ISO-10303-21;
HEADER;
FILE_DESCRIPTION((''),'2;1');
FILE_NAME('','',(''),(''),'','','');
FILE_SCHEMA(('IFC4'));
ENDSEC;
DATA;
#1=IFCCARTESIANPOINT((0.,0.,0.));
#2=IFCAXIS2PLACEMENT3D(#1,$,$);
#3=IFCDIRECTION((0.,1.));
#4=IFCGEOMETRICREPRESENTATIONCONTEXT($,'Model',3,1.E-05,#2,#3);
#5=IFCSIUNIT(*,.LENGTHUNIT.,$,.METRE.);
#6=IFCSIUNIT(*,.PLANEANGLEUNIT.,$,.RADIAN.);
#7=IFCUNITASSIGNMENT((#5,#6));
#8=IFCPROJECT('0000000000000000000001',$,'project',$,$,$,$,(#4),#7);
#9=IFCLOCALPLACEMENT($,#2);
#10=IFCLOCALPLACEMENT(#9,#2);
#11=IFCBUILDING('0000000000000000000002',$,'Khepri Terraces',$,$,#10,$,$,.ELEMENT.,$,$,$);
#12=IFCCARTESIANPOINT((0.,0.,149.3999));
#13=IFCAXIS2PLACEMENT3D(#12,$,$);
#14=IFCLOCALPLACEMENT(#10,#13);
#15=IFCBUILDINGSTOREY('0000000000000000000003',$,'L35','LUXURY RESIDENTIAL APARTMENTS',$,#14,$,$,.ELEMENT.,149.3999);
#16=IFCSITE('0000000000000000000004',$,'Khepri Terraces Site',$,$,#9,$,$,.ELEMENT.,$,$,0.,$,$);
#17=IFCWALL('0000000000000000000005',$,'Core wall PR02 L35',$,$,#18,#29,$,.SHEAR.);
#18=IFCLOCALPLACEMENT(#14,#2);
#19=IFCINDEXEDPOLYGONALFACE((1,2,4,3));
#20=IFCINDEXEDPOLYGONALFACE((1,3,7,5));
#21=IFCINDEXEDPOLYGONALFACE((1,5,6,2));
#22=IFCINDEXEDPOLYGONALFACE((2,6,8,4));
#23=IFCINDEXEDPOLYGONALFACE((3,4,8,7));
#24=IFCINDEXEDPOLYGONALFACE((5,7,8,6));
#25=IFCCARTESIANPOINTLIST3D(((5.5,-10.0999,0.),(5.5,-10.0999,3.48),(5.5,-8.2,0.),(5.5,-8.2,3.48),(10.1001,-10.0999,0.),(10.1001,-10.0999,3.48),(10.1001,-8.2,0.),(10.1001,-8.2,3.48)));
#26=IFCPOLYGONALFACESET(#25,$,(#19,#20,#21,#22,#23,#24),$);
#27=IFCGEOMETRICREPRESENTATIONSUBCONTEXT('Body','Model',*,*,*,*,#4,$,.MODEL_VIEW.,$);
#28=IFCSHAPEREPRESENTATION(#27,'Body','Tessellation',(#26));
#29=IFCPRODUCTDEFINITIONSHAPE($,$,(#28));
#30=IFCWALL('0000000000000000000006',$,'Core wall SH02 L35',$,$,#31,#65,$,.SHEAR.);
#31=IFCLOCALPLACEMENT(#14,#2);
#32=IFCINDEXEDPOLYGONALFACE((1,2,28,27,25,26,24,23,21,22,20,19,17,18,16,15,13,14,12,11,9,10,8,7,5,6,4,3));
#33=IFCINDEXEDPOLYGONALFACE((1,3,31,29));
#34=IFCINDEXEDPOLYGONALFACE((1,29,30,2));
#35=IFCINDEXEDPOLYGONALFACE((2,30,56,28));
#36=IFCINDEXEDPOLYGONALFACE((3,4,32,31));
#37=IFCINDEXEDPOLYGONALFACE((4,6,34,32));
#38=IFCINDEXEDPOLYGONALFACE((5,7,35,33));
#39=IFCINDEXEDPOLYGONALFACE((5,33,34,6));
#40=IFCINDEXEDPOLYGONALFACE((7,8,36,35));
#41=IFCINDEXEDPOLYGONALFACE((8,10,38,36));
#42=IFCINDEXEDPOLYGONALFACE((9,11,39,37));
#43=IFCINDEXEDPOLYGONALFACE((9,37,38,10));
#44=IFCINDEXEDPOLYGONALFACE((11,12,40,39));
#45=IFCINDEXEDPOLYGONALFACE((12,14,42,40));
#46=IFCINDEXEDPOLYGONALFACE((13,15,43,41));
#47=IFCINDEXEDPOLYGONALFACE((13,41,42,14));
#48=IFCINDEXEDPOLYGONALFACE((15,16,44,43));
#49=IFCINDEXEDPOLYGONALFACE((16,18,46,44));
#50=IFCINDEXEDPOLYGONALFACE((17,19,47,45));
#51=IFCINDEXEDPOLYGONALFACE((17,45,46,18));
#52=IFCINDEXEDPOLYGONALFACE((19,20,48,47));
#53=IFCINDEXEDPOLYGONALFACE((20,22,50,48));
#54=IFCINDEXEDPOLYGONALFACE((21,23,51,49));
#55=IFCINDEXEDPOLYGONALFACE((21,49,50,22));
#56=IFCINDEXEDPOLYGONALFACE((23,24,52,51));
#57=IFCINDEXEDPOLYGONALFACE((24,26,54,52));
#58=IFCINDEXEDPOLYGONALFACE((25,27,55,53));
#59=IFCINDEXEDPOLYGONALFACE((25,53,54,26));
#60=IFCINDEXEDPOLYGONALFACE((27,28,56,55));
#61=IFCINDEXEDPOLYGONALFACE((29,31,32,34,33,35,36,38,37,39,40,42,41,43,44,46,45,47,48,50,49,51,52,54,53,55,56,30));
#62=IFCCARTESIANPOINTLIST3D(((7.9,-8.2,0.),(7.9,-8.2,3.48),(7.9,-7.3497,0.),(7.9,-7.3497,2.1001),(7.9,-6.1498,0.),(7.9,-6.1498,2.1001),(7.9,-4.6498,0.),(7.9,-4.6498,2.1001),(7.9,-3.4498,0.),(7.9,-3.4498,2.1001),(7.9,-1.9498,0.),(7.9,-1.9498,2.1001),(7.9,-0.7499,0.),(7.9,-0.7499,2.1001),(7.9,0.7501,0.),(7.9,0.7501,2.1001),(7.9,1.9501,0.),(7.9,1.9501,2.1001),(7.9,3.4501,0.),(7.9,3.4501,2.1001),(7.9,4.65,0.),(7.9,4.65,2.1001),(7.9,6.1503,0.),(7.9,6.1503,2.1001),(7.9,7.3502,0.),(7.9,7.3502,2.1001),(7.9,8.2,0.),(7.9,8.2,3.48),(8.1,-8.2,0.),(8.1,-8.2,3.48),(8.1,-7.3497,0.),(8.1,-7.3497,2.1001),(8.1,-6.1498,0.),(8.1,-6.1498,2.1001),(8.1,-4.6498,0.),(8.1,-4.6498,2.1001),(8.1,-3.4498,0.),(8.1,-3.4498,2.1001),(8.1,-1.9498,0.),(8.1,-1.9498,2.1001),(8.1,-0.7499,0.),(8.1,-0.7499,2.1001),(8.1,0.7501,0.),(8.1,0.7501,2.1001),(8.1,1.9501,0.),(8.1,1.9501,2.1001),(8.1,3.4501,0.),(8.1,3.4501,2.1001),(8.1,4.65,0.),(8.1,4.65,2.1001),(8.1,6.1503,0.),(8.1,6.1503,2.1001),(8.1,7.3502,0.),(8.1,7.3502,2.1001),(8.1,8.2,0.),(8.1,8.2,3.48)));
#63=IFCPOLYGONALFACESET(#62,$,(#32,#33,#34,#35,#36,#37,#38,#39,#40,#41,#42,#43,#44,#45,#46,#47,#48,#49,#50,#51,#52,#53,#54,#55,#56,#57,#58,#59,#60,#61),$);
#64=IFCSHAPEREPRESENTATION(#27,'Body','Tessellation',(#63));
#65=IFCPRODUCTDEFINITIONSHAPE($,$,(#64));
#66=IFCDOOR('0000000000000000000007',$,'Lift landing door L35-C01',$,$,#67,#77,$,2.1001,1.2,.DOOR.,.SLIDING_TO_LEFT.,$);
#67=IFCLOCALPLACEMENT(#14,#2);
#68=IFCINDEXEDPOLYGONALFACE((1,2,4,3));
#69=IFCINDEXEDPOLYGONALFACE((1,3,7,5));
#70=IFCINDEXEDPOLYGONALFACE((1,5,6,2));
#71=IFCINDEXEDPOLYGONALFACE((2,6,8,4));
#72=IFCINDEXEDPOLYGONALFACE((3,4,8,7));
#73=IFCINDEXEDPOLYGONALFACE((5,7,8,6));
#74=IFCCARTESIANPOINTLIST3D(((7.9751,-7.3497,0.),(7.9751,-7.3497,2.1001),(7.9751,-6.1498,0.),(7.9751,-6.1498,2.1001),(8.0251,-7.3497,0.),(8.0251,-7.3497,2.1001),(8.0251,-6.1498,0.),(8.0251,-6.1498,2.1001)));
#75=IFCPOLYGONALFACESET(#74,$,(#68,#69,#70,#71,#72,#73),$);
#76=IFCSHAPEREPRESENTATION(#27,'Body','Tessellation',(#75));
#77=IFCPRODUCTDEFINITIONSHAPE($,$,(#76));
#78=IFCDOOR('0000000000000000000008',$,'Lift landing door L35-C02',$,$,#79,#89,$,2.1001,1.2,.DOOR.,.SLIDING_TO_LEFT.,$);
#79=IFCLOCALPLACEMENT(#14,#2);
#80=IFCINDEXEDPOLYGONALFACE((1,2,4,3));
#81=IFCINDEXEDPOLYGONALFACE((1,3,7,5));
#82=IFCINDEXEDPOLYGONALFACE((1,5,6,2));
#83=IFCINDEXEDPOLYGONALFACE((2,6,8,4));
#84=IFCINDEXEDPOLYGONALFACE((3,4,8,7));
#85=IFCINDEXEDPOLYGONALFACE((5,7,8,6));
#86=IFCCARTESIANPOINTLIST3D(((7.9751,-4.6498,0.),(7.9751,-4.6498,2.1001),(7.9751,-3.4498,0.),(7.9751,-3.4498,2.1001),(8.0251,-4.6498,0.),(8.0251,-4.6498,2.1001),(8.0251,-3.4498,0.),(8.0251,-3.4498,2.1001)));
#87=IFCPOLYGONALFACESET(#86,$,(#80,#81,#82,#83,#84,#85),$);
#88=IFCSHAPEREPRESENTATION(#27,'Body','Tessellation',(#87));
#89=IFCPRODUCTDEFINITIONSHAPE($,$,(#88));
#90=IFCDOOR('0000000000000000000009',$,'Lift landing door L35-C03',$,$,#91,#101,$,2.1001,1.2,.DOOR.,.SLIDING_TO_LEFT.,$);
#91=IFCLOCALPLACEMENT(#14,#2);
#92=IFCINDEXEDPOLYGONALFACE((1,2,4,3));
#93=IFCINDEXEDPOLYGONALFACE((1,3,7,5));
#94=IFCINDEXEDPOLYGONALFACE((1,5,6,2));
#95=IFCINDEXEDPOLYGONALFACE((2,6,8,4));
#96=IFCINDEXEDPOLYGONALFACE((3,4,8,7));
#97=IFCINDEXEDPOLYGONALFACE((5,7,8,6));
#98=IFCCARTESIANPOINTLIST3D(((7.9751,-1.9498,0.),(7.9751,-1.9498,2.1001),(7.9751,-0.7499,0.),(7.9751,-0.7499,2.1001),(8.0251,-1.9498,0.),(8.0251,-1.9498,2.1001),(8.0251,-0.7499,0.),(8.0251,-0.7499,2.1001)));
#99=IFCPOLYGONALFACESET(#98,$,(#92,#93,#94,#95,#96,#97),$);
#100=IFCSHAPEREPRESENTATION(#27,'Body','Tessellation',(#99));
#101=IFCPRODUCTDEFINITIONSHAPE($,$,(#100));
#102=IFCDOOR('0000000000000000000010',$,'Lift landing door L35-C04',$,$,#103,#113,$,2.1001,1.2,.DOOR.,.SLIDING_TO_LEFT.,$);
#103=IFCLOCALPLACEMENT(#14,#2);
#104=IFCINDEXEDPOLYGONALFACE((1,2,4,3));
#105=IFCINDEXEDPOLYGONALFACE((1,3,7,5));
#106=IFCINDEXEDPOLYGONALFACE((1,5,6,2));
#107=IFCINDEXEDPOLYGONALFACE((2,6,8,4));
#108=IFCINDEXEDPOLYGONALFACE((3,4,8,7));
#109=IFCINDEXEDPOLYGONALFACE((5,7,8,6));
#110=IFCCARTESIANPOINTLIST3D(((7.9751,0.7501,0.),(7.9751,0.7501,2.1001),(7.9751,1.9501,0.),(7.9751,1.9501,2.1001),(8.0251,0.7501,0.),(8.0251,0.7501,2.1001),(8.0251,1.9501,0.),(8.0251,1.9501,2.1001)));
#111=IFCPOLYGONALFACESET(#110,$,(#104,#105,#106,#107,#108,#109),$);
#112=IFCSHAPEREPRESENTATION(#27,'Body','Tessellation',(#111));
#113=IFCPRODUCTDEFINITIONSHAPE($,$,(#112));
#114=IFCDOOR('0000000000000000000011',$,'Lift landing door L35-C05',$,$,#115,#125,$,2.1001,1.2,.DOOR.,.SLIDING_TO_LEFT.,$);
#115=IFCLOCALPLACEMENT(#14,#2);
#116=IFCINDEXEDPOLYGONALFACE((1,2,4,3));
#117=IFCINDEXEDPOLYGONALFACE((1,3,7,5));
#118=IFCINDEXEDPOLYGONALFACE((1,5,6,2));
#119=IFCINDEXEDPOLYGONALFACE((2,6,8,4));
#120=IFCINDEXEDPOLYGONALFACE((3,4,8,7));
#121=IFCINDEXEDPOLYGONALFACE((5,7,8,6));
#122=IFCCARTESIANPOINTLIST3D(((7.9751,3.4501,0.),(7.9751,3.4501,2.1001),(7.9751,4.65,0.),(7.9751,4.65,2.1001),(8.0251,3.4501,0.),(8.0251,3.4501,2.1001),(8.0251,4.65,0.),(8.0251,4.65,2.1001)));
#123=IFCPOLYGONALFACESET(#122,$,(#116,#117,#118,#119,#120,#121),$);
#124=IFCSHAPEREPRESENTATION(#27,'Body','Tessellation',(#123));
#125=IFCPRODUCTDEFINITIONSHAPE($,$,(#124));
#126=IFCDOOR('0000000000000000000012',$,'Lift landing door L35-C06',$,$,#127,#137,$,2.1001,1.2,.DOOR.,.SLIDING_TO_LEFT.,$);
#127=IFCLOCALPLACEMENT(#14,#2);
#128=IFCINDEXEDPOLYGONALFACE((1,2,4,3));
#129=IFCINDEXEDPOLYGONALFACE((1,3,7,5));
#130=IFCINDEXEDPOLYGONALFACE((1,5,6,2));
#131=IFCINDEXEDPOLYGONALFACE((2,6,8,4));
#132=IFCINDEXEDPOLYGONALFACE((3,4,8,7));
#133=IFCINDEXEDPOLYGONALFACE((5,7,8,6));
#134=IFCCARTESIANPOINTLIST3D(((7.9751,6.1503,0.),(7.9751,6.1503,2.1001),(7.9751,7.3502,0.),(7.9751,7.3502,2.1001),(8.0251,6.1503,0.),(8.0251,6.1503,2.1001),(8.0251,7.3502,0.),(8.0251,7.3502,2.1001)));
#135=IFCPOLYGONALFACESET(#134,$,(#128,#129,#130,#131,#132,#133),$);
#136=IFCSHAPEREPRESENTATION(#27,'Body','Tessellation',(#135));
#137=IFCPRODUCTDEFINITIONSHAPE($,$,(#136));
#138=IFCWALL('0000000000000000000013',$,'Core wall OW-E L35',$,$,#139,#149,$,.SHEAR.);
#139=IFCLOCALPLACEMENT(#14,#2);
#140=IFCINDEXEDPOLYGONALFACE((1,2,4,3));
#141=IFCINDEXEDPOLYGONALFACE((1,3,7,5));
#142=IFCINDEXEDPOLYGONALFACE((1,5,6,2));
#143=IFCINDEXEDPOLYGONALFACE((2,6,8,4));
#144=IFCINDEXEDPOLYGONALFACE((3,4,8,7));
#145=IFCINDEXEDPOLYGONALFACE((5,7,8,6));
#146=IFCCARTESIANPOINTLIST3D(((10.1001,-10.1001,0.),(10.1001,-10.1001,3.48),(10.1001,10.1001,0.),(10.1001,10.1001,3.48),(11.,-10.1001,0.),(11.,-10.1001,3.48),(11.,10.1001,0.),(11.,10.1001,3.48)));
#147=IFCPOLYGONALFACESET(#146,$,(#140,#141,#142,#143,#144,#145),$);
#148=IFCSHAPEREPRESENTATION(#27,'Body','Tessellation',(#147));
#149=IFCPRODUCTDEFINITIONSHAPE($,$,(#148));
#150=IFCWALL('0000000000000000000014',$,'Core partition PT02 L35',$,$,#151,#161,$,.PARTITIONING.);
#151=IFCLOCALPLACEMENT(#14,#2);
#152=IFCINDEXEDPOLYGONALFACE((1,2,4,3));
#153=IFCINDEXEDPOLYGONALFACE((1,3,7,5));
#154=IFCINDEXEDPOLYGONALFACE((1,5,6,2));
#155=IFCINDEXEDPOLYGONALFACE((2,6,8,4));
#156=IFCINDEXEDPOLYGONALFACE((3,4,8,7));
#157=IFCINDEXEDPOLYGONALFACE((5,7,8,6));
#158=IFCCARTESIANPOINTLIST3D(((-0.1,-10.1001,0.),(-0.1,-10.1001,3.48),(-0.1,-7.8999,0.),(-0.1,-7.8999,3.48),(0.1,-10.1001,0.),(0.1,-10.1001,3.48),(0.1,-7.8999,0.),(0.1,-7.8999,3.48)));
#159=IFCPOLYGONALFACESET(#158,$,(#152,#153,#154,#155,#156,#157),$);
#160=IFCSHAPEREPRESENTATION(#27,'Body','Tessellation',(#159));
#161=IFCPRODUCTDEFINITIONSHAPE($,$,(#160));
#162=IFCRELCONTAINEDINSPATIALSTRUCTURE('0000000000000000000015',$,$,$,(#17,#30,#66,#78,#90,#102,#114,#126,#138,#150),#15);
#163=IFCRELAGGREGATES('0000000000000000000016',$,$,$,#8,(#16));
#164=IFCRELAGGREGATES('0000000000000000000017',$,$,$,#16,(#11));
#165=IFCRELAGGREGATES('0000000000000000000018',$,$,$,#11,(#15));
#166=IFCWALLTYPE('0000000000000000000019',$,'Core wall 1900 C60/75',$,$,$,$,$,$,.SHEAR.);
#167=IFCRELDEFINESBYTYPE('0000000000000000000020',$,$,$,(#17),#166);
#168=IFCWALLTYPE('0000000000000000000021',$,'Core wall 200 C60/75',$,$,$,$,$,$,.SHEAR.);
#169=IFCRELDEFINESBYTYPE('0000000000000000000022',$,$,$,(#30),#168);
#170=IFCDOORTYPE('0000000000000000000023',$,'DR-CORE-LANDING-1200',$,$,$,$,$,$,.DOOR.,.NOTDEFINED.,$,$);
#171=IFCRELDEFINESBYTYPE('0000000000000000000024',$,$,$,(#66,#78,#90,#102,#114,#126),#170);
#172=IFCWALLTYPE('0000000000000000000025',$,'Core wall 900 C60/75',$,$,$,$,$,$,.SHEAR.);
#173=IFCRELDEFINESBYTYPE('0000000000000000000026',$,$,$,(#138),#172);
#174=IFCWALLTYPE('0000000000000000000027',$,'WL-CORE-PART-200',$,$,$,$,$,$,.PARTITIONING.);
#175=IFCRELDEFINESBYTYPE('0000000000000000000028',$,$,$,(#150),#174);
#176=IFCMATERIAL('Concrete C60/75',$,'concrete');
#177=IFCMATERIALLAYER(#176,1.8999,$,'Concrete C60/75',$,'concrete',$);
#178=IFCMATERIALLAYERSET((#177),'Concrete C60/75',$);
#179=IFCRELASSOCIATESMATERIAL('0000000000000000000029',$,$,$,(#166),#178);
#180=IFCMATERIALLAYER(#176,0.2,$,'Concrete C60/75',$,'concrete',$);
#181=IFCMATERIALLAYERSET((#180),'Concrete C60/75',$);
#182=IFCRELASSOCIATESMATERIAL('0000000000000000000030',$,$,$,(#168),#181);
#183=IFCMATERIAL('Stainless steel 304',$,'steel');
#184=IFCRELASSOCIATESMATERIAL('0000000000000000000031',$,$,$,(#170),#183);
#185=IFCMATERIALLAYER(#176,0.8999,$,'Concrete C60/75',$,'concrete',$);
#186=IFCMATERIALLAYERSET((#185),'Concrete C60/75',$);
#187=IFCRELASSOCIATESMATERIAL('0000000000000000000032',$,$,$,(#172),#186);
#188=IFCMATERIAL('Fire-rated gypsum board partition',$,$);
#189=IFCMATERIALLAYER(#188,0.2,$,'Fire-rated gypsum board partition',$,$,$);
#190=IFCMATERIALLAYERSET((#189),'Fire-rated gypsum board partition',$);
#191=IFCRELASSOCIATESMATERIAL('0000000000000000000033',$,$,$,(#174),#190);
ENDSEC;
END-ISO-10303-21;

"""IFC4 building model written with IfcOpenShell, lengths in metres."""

from ifc_helpers import new_model, si_unit, direction, frame, frame_2d, origin, place, context, subcontext, project, spatial, rectangle, extrude, material, layer, layer_set, type_object, element, fill, save


model = new_model("IFC4")

# Units and contexts
model_context = context("Model", 3, precision=1e-05, world=origin(), true_north=direction((0.0, 1.0)))
body_context = subcontext(model_context, "Body", "Model", "MODEL_VIEW")
ifc_project = project(units=[si_unit("LENGTHUNIT", "METRE"), si_unit("PLANEANGLEUNIT", "RADIAN")], contexts=[model_context])

# Site, building, storey
site_placement = place(None, origin())
site = spatial("IfcSite", under=ifc_project, at=site_placement, Name="Khepri Terraces Site", CompositionType="ELEMENT", RefElevation=0.0)
building_placement = place(site_placement, origin())
building = spatial("IfcBuilding", under=site, at=building_placement, Name="Khepri Terraces", CompositionType="ELEMENT")
storey_placement = place(building_placement, frame((0.0, 0.0, 149.3999)))
storey = spatial("IfcBuildingStorey", under=building, at=storey_placement, Name="L35", Description="LUXURY RESIDENTIAL APARTMENTS", CompositionType="ELEMENT", Elevation=149.3999)

# Wall
ifc_material_1 = material(Name="Concrete C60/75", Category="concrete")
ifc_layer_1 = layer(ifc_material_1, 1.8999, Name="Concrete C60/75", Category="concrete")
ifc_layer_set_1 = layer_set([ifc_layer_1], Name="Concrete C60/75")
wall_type_1 = type_object("IfcWallType", Name="Core wall 1900 C60/75", PredefinedType="SHEAR", material=ifc_layer_set_1)
wall_1_placement = place(storey_placement, frame((5.5, -9.1499, 0.0), z_axis=(0.0, 0.0, 1.0), x_axis=(1.0, 0.0, 0.0)))
element("IfcWall", 1, at=wall_1_placement, inside=storey, type_object=wall_type_1, Name="Core wall PR02 L35", PredefinedType="SHEAR", context=body_context, shape_type="SweptSolid", body=[
    extrude(rectangle(XDim=4.6001, YDim=1.8999, at=frame_2d((2.3, 0.0))), origin(), (0.0, 0.0, 1.0), 3.48),
])

# Wall, openings, doors
ifc_layer_2 = layer(ifc_material_1, 0.2, Name="Concrete C60/75", Category="concrete")
ifc_layer_set_2 = layer_set([ifc_layer_2], Name="Concrete C60/75")
wall_type_2 = type_object("IfcWallType", Name="Core wall 200 C60/75", PredefinedType="SHEAR", material=ifc_layer_set_2)
wall_2_placement = place(storey_placement, frame((8.0, -8.2, 0.0), z_axis=(0.0, 0.0, 1.0), x_axis=(0.0, 1.0, 0.0)))
wall_2 = element("IfcWall", 2, at=wall_2_placement, inside=storey, type_object=wall_type_2, Name="Core wall SH02 L35", PredefinedType="SHEAR", context=body_context, shape_type="SweptSolid", body=[
    extrude(rectangle(XDim=16.3999, YDim=0.2, at=frame_2d((8.2, 0.0))), origin(), (0.0, 0.0, 1.0), 3.48),
])
opening_1_placement = place(wall_2_placement, frame((0.8501, 0.0, 0.0)))
opening_1 = element("IfcOpeningElement", 3, at=opening_1_placement, cuts=wall_2, PredefinedType="OPENING", context=body_context, shape_type="SweptSolid", body=[
    extrude(rectangle(XDim=1.2, YDim=2.1001, at=frame_2d((0.6001, 1.05))), frame((0.0, 0.1099, 0.0), z_axis=(0.0, -1.0, 0.0), x_axis=(1.0, 0.0, 0.0)), (0.0, 0.0, 1.0), 0.22),
])
opening_2_placement = place(wall_2_placement, frame((3.55, 0.0, 0.0)))
opening_2 = element("IfcOpeningElement", 4, at=opening_2_placement, cuts=wall_2, PredefinedType="OPENING", context=body_context, shape_type="SweptSolid", body=[
    extrude(rectangle(XDim=1.2, YDim=2.1001, at=frame_2d((0.6001, 1.05))), frame((0.0, 0.1099, 0.0), z_axis=(0.0, -1.0, 0.0), x_axis=(1.0, 0.0, 0.0)), (0.0, 0.0, 1.0), 0.22),
])
opening_3_placement = place(wall_2_placement, frame((6.25, 0.0, 0.0)))
opening_3 = element("IfcOpeningElement", 5, at=opening_3_placement, cuts=wall_2, PredefinedType="OPENING", context=body_context, shape_type="SweptSolid", body=[
    extrude(rectangle(XDim=1.2, YDim=2.1001, at=frame_2d((0.6001, 1.05))), frame((0.0, 0.1099, 0.0), z_axis=(0.0, -1.0, 0.0), x_axis=(1.0, 0.0, 0.0)), (0.0, 0.0, 1.0), 0.22),
])
opening_4_placement = place(wall_2_placement, frame((8.95, 0.0, 0.0)))
opening_4 = element("IfcOpeningElement", 6, at=opening_4_placement, cuts=wall_2, PredefinedType="OPENING", context=body_context, shape_type="SweptSolid", body=[
    extrude(rectangle(XDim=1.2, YDim=2.1001, at=frame_2d((0.6001, 1.05))), frame((0.0, 0.1099, 0.0), z_axis=(0.0, -1.0, 0.0), x_axis=(1.0, 0.0, 0.0)), (0.0, 0.0, 1.0), 0.22),
])
opening_5_placement = place(wall_2_placement, frame((11.6499, 0.0, 0.0)))
opening_5 = element("IfcOpeningElement", 7, at=opening_5_placement, cuts=wall_2, PredefinedType="OPENING", context=body_context, shape_type="SweptSolid", body=[
    extrude(rectangle(XDim=1.2, YDim=2.1001, at=frame_2d((0.6001, 1.05))), frame((0.0, 0.1099, 0.0), z_axis=(0.0, -1.0, 0.0), x_axis=(1.0, 0.0, 0.0)), (0.0, 0.0, 1.0), 0.22),
])
opening_6_placement = place(wall_2_placement, frame((14.3501, 0.0, 0.0)))
opening_6 = element("IfcOpeningElement", 8, at=opening_6_placement, cuts=wall_2, PredefinedType="OPENING", context=body_context, shape_type="SweptSolid", body=[
    extrude(rectangle(XDim=1.2, YDim=2.1001, at=frame_2d((0.6001, 1.05))), frame((0.0, 0.1099, 0.0), z_axis=(0.0, -1.0, 0.0), x_axis=(1.0, 0.0, 0.0)), (0.0, 0.0, 1.0), 0.22),
])
ifc_material_2 = material(Name="Stainless steel 304", Category="steel")
door_type_1 = type_object("IfcDoorType", Name="DR-CORE-LANDING-1200", OperationType="NOTDEFINED", PredefinedType="DOOR", material=ifc_material_2)
door_1_placement = place(opening_1_placement, origin())
door_1 = element("IfcDoor", 9, at=door_1_placement, inside=storey, type_object=door_type_1, Name="Lift landing door L35-C01", OperationType="SLIDING_TO_LEFT", OverallHeight=2.1001, OverallWidth=1.2, PredefinedType="DOOR", context=body_context, shape_type="SweptSolid", body=[
    extrude(rectangle(XDim=1.2, YDim=2.1001, at=frame_2d((0.6001, 1.05))), frame((0.0, 0.0249, 0.0), z_axis=(0.0, -1.0, 0.0), x_axis=(1.0, 0.0, 0.0)), (0.0, 0.0, 1.0), 0.05),
])
fill(opening_1, door_1)
door_2_placement = place(opening_2_placement, origin())
door_2 = element("IfcDoor", 10, at=door_2_placement, inside=storey, type_object=door_type_1, Name="Lift landing door L35-C02", OperationType="SLIDING_TO_LEFT", OverallHeight=2.1001, OverallWidth=1.2, PredefinedType="DOOR", context=body_context, shape_type="SweptSolid", body=[
    extrude(rectangle(XDim=1.2, YDim=2.1001, at=frame_2d((0.6001, 1.05))), frame((0.0, 0.0249, 0.0), z_axis=(0.0, -1.0, 0.0), x_axis=(1.0, 0.0, 0.0)), (0.0, 0.0, 1.0), 0.05),
])
fill(opening_2, door_2)
door_3_placement = place(opening_3_placement, origin())
door_3 = element("IfcDoor", 11, at=door_3_placement, inside=storey, type_object=door_type_1, Name="Lift landing door L35-C03", OperationType="SLIDING_TO_LEFT", OverallHeight=2.1001, OverallWidth=1.2, PredefinedType="DOOR", context=body_context, shape_type="SweptSolid", body=[
    extrude(rectangle(XDim=1.2, YDim=2.1001, at=frame_2d((0.6001, 1.05))), frame((0.0, 0.0249, 0.0), z_axis=(0.0, -1.0, 0.0), x_axis=(1.0, 0.0, 0.0)), (0.0, 0.0, 1.0), 0.05),
])
fill(opening_3, door_3)
door_4_placement = place(opening_4_placement, origin())
door_4 = element("IfcDoor", 12, at=door_4_placement, inside=storey, type_object=door_type_1, Name="Lift landing door L35-C04", OperationType="SLIDING_TO_LEFT", OverallHeight=2.1001, OverallWidth=1.2, PredefinedType="DOOR", context=body_context, shape_type="SweptSolid", body=[
    extrude(rectangle(XDim=1.2, YDim=2.1001, at=frame_2d((0.6001, 1.05))), frame((0.0, 0.0249, 0.0), z_axis=(0.0, -1.0, 0.0), x_axis=(1.0, 0.0, 0.0)), (0.0, 0.0, 1.0), 0.05),
])
fill(opening_4, door_4)
door_5_placement = place(opening_5_placement, origin())
door_5 = element("IfcDoor", 13, at=door_5_placement, inside=storey, type_object=door_type_1, Name="Lift landing door L35-C05", OperationType="SLIDING_TO_LEFT", OverallHeight=2.1001, OverallWidth=1.2, PredefinedType="DOOR", context=body_context, shape_type="SweptSolid", body=[
    extrude(rectangle(XDim=1.2, YDim=2.1001, at=frame_2d((0.6001, 1.05))), frame((0.0, 0.0249, 0.0), z_axis=(0.0, -1.0, 0.0), x_axis=(1.0, 0.0, 0.0)), (0.0, 0.0, 1.0), 0.05),
])
fill(opening_5, door_5)
door_6_placement = place(opening_6_placement, origin())
door_6 = element("IfcDoor", 14, at=door_6_placement, inside=storey, type_object=door_type_1, Name="Lift landing door L35-C06", OperationType="SLIDING_TO_LEFT", OverallHeight=2.1001, OverallWidth=1.2, PredefinedType="DOOR", context=body_context, shape_type="SweptSolid", body=[
    extrude(rectangle(XDim=1.2, YDim=2.1001, at=frame_2d((0.6001, 1.05))), frame((0.0, 0.0249, 0.0), z_axis=(0.0, -1.0, 0.0), x_axis=(1.0, 0.0, 0.0)), (0.0, 0.0, 1.0), 0.05),
])
fill(opening_6, door_6)

# Walls
ifc_layer_3 = layer(ifc_material_1, 0.8999, Name="Concrete C60/75", Category="concrete")
ifc_layer_set_3 = layer_set([ifc_layer_3], Name="Concrete C60/75")
wall_type_3 = type_object("IfcWallType", Name="Core wall 900 C60/75", PredefinedType="SHEAR", material=ifc_layer_set_3)
wall_3_placement = place(storey_placement, frame((10.55, -10.1001, 0.0), z_axis=(0.0, 0.0, 1.0), x_axis=(0.0, 1.0, 0.0)))
element("IfcWall", 15, at=wall_3_placement, inside=storey, type_object=wall_type_3, Name="Core wall OW-E L35", PredefinedType="SHEAR", context=body_context, shape_type="SweptSolid", body=[
    extrude(rectangle(XDim=20.2002, YDim=0.8999, at=frame_2d((10.1001, 0.0))), origin(), (0.0, 0.0, 1.0), 3.48),
])
ifc_material_3 = material(Name="Fire-rated gypsum board partition")
ifc_layer_4 = layer(ifc_material_3, 0.2, Name="Fire-rated gypsum board partition")
ifc_layer_set_4 = layer_set([ifc_layer_4], Name="Fire-rated gypsum board partition")
wall_type_4 = type_object("IfcWallType", Name="WL-CORE-PART-200", PredefinedType="PARTITIONING", material=ifc_layer_set_4)
wall_4_placement = place(storey_placement, frame((0.0, -10.1001, 0.0), z_axis=(0.0, 0.0, 1.0), x_axis=(0.0, 1.0, 0.0)))
element("IfcWall", 16, at=wall_4_placement, inside=storey, type_object=wall_type_4, Name="Core partition PT02 L35", PredefinedType="PARTITIONING", context=body_context, shape_type="SweptSolid", body=[
    extrude(rectangle(XDim=2.2002, YDim=0.2, at=frame_2d((1.1001, 0.0))), origin(), (0.0, 0.0, 1.0), 3.48),
])

save(model, "model.ifc")
